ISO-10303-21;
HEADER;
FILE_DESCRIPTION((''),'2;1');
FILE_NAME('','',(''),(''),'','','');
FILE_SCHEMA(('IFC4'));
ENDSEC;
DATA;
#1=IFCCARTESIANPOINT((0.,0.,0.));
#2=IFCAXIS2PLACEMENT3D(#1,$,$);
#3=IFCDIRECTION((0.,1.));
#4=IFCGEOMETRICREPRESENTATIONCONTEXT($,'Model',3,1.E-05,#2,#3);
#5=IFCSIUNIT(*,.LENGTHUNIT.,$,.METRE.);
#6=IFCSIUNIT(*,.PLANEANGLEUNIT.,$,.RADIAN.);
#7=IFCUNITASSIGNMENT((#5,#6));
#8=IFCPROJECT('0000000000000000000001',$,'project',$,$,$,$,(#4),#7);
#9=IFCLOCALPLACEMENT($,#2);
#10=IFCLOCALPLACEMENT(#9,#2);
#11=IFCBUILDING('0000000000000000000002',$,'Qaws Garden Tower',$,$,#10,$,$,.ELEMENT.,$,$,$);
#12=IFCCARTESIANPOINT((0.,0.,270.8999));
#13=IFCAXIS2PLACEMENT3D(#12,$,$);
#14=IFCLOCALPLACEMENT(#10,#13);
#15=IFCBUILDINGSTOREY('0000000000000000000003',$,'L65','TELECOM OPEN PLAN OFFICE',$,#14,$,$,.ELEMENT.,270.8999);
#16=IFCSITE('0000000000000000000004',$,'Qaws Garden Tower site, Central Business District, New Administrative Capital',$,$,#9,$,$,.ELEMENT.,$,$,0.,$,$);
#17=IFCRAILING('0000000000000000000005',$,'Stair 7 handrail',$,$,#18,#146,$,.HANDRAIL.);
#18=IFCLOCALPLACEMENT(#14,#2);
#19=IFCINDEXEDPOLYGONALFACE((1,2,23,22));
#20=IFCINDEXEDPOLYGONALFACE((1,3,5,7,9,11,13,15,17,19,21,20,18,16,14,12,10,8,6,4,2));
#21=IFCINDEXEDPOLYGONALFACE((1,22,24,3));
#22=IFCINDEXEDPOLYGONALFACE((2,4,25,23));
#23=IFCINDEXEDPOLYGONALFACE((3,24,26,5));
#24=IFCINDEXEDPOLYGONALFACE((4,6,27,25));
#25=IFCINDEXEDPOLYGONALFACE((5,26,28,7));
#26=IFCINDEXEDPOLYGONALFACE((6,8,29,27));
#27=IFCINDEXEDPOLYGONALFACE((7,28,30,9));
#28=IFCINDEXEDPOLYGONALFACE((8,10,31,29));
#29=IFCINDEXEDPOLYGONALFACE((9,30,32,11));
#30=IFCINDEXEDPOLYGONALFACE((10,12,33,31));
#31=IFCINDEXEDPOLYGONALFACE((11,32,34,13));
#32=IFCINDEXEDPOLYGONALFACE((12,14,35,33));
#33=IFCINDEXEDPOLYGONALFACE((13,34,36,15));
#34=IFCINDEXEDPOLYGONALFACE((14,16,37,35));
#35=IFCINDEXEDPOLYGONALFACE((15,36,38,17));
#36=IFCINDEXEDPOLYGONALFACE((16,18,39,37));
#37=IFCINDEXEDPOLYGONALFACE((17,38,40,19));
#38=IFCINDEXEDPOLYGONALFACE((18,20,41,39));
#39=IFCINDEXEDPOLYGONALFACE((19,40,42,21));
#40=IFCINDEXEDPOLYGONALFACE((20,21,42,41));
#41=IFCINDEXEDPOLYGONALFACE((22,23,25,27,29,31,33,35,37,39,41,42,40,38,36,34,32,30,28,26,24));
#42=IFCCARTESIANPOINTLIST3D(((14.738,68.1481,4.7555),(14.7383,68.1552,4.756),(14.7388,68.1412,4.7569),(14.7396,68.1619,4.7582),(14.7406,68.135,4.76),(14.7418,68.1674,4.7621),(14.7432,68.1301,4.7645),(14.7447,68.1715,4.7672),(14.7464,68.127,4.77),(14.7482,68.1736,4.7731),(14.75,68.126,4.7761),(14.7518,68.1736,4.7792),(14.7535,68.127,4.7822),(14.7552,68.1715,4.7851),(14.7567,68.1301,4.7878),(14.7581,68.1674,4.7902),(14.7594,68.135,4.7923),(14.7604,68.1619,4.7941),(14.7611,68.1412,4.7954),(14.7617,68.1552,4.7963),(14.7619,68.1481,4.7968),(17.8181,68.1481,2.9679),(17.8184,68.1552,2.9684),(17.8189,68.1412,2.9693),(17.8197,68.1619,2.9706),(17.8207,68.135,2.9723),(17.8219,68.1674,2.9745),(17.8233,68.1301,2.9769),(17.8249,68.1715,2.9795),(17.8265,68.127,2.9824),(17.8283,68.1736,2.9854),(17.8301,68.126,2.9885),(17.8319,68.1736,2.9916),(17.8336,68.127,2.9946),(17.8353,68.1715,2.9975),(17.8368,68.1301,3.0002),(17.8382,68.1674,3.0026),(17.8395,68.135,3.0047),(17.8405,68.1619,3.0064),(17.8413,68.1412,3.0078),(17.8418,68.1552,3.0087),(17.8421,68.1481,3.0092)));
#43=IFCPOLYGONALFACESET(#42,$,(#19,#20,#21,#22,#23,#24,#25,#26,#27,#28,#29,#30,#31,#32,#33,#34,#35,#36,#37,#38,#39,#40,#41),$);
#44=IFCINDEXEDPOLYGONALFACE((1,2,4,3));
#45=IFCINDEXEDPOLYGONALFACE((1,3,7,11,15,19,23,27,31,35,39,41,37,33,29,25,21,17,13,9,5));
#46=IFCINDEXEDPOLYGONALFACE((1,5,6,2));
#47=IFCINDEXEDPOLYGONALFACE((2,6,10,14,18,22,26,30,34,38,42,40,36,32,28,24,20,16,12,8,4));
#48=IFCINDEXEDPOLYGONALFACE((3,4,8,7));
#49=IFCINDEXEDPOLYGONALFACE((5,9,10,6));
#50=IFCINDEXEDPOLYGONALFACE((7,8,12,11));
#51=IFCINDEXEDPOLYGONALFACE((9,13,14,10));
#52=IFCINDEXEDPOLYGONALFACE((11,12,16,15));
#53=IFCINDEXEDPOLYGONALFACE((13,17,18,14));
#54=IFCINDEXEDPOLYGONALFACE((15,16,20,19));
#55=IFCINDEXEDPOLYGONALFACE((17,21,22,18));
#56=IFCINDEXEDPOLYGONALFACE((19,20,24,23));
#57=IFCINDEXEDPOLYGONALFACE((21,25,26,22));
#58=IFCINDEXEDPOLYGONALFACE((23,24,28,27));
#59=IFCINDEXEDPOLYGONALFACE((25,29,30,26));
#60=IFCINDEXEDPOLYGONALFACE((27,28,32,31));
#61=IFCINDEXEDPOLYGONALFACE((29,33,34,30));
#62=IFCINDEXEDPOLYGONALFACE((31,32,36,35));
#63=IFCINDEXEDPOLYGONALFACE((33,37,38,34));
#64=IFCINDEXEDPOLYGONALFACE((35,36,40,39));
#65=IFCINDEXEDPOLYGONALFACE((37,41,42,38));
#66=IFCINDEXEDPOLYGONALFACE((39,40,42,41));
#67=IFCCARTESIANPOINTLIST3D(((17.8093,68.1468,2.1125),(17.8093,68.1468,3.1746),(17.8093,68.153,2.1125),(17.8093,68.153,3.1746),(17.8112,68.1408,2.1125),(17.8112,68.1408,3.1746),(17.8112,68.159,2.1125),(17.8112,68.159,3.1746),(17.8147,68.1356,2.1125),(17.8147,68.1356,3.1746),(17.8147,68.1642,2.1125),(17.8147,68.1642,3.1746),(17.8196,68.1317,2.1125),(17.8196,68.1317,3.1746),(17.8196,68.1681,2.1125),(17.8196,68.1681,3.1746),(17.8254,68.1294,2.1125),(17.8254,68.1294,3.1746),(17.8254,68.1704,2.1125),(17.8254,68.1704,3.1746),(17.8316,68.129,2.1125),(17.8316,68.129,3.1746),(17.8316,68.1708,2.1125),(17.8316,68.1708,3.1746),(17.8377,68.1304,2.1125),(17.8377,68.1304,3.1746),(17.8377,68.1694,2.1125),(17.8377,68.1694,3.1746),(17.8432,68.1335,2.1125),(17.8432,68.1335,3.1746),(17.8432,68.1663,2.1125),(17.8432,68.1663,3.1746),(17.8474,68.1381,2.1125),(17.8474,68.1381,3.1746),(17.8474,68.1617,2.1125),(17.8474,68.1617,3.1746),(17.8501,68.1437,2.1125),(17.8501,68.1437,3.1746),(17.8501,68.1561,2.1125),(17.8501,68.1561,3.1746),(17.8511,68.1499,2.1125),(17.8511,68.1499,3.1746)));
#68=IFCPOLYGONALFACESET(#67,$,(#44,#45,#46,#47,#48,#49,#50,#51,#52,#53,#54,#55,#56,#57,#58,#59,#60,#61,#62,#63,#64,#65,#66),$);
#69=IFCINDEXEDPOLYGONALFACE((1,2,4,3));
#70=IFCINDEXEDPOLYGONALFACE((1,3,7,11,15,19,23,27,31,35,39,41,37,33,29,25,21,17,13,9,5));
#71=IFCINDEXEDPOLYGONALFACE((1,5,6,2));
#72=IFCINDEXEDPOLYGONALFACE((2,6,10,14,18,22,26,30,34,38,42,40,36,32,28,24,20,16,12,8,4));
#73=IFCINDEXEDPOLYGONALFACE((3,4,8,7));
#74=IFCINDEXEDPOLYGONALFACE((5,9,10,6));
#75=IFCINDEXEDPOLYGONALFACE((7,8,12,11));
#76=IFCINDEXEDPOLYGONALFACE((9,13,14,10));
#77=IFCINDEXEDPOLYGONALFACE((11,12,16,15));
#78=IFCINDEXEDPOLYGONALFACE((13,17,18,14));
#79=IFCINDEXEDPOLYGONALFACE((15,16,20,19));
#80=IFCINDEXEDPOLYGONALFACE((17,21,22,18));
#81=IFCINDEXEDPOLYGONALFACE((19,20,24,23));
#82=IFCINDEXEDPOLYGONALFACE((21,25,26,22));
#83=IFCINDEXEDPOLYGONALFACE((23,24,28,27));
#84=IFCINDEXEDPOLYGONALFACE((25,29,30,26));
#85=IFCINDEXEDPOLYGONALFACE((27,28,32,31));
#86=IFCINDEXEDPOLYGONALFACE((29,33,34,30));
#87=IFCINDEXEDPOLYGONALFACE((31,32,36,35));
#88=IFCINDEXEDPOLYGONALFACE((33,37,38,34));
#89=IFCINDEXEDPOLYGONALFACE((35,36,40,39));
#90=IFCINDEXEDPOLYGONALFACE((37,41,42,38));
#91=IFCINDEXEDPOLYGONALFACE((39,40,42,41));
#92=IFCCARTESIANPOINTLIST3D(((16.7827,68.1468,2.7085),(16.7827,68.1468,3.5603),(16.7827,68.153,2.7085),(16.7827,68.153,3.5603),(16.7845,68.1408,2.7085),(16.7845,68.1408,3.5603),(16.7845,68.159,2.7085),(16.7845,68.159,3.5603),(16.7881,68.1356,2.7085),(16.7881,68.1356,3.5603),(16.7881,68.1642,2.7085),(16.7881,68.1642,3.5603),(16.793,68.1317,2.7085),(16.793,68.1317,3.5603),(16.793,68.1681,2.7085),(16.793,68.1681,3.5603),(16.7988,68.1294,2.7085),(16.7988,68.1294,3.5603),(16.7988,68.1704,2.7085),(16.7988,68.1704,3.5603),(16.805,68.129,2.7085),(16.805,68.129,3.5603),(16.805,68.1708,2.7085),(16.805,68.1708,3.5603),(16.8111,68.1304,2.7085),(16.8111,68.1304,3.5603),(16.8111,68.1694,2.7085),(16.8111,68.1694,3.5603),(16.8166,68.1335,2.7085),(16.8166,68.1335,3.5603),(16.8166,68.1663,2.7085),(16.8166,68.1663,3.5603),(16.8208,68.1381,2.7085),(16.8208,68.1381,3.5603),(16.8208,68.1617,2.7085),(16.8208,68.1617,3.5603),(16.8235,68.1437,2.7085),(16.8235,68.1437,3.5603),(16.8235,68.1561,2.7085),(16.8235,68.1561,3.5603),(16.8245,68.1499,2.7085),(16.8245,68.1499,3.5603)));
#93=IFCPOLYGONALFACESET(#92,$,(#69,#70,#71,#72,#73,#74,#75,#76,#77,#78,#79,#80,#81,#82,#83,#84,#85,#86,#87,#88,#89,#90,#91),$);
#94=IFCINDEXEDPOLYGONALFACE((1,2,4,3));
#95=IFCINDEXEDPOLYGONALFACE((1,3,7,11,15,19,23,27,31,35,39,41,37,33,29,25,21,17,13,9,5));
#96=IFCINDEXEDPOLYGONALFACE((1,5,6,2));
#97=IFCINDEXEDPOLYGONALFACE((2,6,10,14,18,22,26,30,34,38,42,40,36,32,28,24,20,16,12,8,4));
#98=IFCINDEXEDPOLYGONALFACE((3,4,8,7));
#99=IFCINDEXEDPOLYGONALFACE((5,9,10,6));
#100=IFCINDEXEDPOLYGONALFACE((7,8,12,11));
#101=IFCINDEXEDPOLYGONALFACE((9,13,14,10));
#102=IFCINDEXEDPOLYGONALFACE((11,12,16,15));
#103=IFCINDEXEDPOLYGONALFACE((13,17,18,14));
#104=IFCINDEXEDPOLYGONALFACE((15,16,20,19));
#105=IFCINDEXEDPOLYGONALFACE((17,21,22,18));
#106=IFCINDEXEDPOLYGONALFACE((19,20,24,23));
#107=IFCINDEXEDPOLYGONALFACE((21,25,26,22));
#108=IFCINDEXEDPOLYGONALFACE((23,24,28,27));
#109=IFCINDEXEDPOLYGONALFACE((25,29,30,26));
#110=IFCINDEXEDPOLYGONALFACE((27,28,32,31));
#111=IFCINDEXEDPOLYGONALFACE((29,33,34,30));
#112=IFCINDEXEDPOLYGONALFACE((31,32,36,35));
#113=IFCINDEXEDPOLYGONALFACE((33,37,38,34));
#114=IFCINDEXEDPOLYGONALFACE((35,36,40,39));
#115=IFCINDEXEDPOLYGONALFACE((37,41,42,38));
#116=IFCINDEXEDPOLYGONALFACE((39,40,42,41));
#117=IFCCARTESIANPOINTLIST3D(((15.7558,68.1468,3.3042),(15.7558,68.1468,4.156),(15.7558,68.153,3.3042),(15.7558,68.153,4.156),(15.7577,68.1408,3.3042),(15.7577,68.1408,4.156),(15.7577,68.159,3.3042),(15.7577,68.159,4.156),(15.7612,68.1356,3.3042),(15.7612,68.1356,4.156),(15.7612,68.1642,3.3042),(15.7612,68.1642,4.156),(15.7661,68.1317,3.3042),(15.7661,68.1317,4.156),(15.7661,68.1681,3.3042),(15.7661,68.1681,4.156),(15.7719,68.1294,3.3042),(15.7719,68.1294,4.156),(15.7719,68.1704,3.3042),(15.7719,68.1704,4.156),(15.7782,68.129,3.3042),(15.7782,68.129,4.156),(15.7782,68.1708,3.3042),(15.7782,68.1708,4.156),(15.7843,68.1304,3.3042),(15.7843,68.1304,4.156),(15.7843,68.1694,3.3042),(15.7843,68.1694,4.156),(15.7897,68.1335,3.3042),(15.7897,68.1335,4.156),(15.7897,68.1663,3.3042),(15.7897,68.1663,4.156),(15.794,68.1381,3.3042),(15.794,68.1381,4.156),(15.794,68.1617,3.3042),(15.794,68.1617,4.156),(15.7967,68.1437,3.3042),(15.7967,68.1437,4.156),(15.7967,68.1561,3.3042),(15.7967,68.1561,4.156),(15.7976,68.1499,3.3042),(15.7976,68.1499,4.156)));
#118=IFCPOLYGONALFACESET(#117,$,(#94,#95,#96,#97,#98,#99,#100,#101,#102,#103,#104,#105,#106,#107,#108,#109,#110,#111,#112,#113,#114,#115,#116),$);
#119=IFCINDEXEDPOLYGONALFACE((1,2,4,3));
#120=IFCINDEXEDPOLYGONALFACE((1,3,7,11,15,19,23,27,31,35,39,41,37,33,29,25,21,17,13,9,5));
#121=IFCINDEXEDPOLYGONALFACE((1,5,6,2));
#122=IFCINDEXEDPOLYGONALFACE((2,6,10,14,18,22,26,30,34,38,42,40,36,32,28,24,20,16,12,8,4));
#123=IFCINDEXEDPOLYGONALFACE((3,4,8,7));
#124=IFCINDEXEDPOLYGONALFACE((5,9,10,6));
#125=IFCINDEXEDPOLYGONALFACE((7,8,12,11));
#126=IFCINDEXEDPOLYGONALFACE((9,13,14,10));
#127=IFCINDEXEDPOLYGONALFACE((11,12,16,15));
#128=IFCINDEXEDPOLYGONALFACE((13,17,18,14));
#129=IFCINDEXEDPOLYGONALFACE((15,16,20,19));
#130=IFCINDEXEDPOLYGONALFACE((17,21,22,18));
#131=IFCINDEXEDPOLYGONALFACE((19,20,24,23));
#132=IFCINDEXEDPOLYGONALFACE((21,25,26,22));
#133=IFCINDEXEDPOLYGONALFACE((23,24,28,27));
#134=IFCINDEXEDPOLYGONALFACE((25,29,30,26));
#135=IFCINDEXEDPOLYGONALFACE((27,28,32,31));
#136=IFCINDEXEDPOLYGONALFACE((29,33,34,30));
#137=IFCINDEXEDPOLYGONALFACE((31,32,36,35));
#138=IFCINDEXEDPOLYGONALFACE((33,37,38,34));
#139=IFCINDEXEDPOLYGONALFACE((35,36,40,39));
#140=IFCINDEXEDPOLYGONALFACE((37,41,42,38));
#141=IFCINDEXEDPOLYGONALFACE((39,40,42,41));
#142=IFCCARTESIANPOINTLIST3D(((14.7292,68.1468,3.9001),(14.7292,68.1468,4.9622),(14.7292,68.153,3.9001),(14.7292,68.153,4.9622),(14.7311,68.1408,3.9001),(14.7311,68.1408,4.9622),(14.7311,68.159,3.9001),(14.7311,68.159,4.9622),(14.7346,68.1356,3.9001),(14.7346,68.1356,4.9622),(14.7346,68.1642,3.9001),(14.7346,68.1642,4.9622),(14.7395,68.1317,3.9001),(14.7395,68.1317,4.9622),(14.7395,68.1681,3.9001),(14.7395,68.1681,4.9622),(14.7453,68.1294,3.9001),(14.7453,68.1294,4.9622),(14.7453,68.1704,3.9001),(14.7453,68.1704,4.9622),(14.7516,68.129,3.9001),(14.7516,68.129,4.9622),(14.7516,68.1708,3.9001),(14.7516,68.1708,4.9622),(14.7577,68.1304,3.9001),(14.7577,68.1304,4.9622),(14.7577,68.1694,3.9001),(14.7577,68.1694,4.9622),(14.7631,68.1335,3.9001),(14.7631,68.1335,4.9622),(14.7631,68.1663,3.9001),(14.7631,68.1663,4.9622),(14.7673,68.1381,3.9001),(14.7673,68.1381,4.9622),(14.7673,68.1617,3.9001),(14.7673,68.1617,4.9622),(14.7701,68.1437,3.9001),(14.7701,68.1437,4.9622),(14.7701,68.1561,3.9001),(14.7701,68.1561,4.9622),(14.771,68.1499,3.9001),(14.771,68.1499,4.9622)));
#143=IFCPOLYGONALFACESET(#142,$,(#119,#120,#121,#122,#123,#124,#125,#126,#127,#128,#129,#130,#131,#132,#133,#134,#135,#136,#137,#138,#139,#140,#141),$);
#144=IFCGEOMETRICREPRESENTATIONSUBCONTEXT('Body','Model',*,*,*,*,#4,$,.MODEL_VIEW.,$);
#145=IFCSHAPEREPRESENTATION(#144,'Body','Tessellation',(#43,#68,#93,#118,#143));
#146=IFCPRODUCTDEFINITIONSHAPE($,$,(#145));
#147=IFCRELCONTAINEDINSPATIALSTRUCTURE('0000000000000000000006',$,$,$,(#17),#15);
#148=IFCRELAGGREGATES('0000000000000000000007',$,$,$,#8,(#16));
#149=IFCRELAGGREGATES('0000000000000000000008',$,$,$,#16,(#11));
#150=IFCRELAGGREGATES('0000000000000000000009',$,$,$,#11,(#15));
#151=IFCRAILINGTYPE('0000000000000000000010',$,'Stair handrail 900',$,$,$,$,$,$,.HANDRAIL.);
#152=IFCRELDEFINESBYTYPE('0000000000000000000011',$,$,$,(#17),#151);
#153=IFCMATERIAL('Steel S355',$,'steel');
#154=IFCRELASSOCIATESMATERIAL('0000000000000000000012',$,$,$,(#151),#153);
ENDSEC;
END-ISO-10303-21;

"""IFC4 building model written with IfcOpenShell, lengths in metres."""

from ifc_helpers import new_model, si_unit, direction, frame, origin, origin_2d, place, context, subcontext, project, spatial, circle, extrude, material, type_object, element, save


model = new_model("IFC4")

# Units and contexts
model_context = context("Model", 3, precision=1e-05, world=origin(), true_north=direction((0.0, 1.0)))
body_context = subcontext(model_context, "Body", "Model", "MODEL_VIEW")
ifc_project = project(units=[si_unit("LENGTHUNIT", "METRE"), si_unit("PLANEANGLEUNIT", "RADIAN")], contexts=[model_context])

# Site, building, storey
site_placement = place(None, origin())
site = spatial("IfcSite", under=ifc_project, at=site_placement, Name="Qaws Garden Tower site, Central Business District, New Administrative Capital", CompositionType="ELEMENT", RefElevation=0.0)
building_placement = place(site_placement, origin())
building = spatial("IfcBuilding", under=site, at=building_placement, Name="Qaws Garden Tower", CompositionType="ELEMENT")
storey_placement = place(building_placement, frame((0.0, 0.0, 270.8999)))
storey = spatial("IfcBuildingStorey", under=building, at=storey_placement, Name="L65", Description="TELECOM OPEN PLAN OFFICE", CompositionType="ELEMENT", Elevation=270.8999)

# Railing
ifc_material_1 = material(Name="Steel S355", Category="steel")
railing_type = type_object("IfcRailingType", Name="Stair handrail 900", PredefinedType="HANDRAIL", material=ifc_material_1)
railing_1_placement = place(storey_placement, frame((17.8301, 68.1499, 2.1125)))
element("IfcRailing", 1, at=railing_1_placement, inside=storey, type_object=railing_type, Name="Stair 7 handrail", PredefinedType="HANDRAIL", context=body_context, shape_type="SweptSolid", body=[
    extrude(circle(Radius=0.0239, at=origin_2d()), frame((0.0, 0.0, 0.876), z_axis=(-0.864891, 0.0, 0.50196), x_axis=(0.0, -1.0, 0.0)), (0.0, 0.0, 1.0), 3.5613),
    extrude(circle(Radius=0.021, at=origin_2d()), origin(), (0.0, 0.0, 1.0), 1.062),
    extrude(circle(Radius=0.021, at=origin_2d()), frame((-1.0266, 0.0, 0.5959)), (0.0, 0.0, 1.0), 0.8518),
    extrude(circle(Radius=0.021, at=origin_2d()), frame((-2.0535, 0.0, 1.1917)), (0.0, 0.0, 1.0), 0.8518),
    extrude(circle(Radius=0.021, at=origin_2d()), frame((-3.0801, 0.0, 1.7876)), (0.0, 0.0, 1.0), 1.062),
])

save(model, "model.ifc")
